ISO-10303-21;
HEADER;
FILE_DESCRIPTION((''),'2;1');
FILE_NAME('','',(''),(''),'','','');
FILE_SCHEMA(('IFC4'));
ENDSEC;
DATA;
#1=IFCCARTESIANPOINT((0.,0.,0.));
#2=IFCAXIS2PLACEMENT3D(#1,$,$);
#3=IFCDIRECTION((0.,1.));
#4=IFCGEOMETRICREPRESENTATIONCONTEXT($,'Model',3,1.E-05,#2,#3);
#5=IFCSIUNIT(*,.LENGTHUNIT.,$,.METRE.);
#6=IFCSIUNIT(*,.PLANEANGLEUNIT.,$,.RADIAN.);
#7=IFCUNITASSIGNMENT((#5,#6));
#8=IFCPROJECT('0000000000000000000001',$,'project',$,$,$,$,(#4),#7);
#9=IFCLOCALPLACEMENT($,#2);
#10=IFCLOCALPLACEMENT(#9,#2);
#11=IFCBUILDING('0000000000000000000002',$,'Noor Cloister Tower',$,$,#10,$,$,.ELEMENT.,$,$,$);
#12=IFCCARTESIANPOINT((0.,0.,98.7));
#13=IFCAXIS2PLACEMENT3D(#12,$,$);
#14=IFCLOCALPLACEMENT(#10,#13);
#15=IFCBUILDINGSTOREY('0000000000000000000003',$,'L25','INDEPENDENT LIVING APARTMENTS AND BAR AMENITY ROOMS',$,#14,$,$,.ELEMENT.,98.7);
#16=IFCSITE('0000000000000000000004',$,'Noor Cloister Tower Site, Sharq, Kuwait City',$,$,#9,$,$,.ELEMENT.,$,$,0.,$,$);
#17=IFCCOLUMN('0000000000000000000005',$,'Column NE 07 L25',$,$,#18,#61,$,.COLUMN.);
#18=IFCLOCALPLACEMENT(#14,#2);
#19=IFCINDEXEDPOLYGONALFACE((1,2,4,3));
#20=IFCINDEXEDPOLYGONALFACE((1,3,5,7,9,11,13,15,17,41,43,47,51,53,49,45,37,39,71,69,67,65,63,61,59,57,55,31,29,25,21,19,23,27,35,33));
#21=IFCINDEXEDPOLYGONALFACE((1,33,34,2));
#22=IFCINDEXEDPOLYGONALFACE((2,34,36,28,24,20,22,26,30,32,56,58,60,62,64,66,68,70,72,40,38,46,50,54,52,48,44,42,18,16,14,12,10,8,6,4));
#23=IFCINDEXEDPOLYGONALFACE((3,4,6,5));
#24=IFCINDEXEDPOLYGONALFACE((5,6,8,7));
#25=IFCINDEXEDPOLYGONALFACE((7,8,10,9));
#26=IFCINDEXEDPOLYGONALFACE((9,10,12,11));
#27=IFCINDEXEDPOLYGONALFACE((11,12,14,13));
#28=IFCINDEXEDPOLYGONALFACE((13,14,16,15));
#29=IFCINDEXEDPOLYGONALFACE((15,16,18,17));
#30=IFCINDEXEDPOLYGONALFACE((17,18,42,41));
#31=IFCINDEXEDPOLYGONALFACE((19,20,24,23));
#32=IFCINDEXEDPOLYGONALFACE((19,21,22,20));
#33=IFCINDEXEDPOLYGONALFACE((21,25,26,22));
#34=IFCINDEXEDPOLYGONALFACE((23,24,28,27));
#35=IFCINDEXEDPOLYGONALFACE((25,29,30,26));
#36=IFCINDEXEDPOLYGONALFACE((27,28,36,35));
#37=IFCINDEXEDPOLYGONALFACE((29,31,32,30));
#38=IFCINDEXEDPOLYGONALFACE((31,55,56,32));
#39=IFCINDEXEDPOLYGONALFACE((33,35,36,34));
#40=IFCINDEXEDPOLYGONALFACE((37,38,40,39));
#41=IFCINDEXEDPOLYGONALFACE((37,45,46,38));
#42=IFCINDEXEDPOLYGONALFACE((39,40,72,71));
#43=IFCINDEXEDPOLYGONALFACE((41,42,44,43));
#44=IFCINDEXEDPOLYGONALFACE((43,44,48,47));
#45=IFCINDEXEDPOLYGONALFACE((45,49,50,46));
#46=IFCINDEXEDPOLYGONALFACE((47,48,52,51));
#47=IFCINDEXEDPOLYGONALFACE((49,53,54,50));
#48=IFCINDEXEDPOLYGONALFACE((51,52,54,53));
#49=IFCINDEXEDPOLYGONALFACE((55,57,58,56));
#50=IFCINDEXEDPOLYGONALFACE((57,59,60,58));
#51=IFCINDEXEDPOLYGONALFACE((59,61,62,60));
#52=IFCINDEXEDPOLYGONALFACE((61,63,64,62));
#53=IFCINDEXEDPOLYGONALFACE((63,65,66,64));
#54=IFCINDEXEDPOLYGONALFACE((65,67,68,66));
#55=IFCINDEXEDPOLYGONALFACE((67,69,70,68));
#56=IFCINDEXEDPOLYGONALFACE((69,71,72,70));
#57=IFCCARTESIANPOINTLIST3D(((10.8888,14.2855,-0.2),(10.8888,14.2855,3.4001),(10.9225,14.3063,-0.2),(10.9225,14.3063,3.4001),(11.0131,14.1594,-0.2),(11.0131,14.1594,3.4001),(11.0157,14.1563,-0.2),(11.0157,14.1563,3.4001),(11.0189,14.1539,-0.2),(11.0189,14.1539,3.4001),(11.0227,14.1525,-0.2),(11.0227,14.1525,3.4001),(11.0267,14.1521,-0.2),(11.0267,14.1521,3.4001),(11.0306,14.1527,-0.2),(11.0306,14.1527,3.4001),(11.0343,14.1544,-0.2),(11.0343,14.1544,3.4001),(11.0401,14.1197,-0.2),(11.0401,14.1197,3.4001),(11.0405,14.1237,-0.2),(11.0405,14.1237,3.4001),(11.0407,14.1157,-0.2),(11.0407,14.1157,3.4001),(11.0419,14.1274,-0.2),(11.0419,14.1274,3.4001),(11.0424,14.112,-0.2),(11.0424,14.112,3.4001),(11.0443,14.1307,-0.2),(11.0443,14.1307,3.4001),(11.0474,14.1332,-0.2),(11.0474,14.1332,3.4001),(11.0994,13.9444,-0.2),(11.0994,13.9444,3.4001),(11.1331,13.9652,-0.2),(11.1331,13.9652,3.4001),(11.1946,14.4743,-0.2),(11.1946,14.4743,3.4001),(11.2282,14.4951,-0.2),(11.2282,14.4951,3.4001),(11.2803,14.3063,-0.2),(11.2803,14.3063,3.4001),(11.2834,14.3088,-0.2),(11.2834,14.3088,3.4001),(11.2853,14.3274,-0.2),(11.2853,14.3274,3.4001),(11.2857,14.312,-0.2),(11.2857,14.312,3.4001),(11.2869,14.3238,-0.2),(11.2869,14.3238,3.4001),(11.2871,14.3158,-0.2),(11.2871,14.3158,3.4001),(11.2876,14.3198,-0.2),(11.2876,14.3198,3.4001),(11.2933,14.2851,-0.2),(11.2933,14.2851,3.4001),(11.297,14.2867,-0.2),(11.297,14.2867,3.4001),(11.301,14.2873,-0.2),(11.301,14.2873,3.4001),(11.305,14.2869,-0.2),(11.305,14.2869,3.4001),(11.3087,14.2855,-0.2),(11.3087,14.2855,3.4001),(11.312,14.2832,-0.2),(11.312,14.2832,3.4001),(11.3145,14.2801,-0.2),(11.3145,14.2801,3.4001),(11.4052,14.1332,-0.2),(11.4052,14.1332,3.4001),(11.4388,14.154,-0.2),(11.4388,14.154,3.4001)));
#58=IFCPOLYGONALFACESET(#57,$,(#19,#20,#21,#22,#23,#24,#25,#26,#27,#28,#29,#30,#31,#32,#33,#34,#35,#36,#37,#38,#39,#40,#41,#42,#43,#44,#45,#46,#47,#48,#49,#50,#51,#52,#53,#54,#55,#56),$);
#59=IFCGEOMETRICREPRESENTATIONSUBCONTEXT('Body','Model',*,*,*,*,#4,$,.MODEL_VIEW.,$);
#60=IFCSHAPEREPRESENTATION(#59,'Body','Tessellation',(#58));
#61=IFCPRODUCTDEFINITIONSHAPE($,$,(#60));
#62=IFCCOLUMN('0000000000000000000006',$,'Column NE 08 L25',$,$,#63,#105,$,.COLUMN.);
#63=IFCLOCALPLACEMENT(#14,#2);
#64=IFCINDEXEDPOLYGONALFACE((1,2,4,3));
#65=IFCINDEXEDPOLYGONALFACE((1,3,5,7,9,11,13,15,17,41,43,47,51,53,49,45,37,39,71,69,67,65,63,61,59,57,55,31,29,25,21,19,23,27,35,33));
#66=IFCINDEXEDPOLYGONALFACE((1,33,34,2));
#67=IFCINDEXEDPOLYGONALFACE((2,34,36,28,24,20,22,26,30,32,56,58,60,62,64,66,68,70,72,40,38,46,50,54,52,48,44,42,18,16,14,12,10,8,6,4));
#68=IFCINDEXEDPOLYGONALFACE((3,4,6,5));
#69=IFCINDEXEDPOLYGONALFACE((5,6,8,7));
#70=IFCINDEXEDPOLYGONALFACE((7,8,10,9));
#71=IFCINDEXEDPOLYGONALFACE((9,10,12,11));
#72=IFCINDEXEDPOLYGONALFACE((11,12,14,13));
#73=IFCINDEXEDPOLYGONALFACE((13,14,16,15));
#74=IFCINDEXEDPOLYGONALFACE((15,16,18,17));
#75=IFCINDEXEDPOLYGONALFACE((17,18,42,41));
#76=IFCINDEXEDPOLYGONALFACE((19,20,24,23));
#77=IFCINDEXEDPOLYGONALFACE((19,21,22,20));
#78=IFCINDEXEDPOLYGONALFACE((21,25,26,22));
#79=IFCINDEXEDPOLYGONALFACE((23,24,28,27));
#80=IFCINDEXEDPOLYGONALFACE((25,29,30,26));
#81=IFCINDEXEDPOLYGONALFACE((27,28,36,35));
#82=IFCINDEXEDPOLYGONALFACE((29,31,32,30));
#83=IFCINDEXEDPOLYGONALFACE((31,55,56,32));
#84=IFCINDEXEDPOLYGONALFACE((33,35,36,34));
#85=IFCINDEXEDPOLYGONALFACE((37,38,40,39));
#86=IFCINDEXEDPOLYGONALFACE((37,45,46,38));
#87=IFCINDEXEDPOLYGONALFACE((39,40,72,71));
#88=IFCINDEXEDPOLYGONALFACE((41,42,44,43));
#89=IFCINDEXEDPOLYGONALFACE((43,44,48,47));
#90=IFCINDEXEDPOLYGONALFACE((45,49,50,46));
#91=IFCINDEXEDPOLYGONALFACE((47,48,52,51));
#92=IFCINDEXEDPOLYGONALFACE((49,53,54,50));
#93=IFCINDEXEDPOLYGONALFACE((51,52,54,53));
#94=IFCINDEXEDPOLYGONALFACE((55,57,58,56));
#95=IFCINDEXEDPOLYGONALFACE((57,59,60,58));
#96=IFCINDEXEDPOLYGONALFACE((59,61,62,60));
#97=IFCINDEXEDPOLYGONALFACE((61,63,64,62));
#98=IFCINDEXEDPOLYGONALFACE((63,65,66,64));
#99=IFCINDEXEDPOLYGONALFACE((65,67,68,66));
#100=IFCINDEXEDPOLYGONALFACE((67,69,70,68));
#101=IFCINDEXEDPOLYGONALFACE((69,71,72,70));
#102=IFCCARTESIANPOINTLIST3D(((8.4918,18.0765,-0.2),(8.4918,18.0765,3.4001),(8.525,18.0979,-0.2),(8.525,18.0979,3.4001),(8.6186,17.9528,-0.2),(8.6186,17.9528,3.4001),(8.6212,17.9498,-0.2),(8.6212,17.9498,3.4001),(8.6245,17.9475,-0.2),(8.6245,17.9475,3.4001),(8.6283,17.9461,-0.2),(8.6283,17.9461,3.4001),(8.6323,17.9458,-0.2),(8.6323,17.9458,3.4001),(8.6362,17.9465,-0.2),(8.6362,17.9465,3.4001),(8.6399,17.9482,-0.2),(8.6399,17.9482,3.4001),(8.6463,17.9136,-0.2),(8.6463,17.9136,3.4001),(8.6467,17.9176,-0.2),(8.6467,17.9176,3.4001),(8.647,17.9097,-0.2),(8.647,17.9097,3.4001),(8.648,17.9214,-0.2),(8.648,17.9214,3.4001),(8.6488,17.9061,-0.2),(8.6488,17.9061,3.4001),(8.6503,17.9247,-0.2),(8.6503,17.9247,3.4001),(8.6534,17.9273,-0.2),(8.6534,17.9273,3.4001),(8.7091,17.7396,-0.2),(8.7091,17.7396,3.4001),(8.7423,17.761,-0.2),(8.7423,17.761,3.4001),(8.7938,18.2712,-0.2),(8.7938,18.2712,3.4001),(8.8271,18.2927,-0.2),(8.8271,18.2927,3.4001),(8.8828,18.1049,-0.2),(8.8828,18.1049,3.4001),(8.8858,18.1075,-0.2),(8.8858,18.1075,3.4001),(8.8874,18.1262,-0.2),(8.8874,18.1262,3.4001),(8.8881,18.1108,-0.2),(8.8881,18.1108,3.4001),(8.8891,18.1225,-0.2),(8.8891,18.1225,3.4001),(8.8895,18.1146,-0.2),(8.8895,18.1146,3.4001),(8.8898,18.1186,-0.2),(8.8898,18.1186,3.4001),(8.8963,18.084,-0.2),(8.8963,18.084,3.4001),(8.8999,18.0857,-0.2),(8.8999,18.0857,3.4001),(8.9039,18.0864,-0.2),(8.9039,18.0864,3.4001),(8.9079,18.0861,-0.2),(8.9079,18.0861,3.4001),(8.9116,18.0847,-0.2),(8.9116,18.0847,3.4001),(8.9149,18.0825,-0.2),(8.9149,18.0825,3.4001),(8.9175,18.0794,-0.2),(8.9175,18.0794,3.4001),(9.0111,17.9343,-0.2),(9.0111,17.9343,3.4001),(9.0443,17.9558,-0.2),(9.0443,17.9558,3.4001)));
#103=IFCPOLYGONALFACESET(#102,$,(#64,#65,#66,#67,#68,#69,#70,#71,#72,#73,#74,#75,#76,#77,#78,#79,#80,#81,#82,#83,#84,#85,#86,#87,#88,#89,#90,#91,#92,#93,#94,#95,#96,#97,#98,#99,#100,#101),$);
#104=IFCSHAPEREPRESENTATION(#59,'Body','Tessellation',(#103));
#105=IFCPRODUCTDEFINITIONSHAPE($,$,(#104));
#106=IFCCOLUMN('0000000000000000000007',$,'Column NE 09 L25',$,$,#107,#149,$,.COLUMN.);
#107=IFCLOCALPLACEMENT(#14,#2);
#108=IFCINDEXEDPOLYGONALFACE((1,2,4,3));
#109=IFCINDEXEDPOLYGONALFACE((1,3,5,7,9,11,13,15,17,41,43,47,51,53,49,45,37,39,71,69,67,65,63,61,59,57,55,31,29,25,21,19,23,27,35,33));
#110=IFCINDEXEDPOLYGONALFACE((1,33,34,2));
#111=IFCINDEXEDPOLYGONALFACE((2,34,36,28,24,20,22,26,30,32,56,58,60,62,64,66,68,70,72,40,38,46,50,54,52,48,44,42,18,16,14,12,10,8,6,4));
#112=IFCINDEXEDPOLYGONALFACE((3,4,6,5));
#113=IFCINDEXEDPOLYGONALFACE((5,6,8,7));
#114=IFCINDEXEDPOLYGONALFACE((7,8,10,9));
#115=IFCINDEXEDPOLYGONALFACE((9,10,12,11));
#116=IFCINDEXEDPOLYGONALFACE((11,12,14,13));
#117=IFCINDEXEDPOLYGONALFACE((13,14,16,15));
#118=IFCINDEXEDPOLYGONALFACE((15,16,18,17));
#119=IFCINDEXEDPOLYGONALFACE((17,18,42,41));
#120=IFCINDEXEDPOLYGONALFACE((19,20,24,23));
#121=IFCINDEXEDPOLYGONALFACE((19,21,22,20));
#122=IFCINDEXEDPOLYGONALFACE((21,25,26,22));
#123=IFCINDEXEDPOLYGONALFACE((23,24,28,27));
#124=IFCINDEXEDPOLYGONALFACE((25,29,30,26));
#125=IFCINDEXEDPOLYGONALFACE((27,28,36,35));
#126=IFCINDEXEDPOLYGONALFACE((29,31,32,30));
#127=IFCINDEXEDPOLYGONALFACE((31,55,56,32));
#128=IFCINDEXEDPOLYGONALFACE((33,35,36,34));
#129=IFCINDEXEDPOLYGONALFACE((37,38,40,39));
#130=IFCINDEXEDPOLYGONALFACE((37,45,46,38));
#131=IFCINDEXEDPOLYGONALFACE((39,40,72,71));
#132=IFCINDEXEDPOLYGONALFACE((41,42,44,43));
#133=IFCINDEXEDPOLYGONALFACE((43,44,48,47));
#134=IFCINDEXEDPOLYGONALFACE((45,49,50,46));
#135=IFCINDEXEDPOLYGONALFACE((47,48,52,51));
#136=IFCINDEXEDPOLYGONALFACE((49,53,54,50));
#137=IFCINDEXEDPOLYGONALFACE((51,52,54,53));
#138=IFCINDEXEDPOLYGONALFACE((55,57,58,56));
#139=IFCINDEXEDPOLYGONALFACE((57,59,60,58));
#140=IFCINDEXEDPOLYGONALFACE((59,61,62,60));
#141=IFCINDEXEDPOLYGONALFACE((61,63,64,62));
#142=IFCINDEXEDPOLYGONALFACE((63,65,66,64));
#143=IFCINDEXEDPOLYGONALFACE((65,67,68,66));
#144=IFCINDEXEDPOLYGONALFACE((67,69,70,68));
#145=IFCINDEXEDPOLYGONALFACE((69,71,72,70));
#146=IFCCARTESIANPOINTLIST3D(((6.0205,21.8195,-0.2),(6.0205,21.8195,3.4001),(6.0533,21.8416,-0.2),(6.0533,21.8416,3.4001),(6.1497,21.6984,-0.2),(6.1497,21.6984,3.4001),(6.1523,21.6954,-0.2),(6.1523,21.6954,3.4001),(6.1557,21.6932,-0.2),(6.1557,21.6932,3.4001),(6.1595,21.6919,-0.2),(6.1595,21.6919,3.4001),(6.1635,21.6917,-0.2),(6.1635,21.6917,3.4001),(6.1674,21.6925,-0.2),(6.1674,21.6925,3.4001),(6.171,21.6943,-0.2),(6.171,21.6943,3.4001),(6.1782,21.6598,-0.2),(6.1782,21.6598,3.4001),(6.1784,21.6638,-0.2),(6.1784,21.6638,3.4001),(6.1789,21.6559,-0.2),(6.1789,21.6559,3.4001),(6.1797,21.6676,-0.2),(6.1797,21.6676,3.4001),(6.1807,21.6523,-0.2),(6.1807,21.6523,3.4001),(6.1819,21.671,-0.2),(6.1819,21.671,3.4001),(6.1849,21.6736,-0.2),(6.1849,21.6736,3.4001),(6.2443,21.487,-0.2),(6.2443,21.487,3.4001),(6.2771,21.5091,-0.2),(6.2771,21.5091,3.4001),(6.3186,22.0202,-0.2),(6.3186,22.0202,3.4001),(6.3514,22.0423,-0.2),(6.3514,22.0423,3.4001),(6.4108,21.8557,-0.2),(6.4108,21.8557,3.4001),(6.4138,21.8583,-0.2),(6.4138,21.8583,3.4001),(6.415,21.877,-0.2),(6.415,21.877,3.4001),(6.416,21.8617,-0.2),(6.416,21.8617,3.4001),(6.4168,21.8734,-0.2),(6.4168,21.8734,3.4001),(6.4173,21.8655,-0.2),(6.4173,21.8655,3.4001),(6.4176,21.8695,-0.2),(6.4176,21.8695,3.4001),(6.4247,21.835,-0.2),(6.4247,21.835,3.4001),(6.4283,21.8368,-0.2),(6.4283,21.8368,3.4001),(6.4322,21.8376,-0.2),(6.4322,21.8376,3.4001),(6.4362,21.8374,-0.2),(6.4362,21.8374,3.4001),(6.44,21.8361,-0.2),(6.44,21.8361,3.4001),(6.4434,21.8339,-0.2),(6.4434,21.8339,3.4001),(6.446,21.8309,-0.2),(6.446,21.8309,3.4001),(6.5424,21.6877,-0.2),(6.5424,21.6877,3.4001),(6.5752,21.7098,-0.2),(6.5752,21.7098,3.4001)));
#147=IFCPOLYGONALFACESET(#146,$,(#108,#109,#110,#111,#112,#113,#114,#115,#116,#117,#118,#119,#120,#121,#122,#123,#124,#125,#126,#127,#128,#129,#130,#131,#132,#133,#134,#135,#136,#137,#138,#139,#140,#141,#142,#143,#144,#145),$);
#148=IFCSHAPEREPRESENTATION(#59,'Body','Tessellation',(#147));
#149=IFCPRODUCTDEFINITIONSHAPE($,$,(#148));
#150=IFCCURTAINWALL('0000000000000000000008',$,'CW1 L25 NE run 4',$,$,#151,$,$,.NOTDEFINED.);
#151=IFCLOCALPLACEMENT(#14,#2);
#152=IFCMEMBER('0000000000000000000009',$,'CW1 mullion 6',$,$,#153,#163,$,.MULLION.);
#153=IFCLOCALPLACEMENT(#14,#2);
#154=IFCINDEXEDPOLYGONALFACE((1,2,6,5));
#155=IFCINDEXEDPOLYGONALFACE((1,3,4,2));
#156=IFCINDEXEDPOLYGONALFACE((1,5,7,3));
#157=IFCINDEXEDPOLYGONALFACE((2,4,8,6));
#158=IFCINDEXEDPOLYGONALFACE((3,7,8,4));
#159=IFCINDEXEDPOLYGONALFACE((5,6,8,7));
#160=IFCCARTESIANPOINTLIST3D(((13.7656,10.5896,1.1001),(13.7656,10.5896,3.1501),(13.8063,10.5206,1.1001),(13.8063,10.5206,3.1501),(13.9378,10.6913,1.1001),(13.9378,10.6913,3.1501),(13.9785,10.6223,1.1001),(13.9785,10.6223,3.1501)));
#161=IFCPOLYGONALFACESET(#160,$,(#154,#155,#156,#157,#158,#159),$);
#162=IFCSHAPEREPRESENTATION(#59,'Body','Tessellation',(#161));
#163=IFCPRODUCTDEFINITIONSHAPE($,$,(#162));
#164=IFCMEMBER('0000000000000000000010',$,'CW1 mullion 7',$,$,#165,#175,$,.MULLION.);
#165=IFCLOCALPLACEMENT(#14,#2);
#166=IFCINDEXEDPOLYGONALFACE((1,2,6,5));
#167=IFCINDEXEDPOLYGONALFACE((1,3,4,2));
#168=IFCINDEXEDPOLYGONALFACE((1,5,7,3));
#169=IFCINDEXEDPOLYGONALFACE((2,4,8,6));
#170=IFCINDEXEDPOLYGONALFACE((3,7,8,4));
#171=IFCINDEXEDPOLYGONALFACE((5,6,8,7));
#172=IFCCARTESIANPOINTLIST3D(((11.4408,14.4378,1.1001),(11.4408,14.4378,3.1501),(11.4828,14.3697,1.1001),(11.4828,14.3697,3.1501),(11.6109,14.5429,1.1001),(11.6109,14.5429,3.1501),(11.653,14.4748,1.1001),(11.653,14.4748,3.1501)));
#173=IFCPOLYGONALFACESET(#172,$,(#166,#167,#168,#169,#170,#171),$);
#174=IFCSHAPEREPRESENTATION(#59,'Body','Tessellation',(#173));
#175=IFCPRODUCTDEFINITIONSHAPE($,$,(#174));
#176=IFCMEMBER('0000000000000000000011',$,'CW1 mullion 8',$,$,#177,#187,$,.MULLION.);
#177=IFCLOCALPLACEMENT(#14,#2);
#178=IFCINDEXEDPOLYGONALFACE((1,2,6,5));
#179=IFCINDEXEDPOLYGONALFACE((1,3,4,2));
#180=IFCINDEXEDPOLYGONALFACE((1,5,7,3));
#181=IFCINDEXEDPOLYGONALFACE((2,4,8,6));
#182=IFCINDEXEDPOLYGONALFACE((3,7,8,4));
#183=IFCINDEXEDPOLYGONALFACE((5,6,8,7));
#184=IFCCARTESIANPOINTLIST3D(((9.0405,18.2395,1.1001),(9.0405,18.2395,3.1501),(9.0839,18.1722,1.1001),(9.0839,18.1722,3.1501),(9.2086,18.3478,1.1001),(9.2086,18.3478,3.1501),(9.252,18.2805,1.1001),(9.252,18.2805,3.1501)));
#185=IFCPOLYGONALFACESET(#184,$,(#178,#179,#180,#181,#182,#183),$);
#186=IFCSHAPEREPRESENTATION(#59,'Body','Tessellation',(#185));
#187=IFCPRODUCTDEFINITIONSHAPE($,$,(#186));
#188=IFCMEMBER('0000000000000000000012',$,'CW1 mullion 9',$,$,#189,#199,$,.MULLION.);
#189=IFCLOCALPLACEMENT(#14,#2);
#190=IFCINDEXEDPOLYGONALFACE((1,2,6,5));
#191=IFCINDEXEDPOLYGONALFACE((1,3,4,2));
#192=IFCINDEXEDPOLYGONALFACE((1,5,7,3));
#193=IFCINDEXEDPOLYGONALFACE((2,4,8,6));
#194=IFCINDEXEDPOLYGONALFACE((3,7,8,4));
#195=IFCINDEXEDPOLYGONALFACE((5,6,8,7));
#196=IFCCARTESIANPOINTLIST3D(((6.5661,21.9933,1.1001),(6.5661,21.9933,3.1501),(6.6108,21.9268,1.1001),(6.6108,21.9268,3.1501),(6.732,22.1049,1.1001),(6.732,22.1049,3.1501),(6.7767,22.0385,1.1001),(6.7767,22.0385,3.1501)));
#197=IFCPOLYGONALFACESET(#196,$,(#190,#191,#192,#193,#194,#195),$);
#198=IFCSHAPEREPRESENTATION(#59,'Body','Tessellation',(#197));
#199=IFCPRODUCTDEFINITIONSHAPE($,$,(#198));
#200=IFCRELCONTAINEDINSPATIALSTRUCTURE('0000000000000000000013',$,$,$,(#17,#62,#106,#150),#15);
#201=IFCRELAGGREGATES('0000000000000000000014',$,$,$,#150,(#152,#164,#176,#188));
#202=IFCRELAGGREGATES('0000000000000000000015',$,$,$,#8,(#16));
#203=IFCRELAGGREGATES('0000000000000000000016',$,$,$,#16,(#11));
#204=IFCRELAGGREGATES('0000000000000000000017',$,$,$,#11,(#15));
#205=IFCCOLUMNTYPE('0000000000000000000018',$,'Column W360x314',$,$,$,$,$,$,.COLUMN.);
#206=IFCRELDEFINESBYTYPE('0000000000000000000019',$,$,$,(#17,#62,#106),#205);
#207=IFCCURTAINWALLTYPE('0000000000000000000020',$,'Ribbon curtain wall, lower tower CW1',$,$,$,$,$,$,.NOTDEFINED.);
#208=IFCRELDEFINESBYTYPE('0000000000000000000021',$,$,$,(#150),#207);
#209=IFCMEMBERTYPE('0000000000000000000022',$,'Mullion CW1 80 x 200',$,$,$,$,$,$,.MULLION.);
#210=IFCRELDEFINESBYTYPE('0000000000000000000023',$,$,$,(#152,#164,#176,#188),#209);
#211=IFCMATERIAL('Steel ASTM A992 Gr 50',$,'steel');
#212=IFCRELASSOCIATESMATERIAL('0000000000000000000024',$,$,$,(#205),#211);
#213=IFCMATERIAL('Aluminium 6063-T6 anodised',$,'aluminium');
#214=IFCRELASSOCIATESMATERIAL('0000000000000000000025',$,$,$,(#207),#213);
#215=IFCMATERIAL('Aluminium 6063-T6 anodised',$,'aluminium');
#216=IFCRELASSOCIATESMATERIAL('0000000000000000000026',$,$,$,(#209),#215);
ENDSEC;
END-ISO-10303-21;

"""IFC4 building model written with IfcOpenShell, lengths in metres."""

from ifc_helpers import new_model, si_unit, direction, frame, origin, origin_2d, place, context, subcontext, project, spatial, rectangle, i_section, extrude, material, material_profile, profile_set, type_object, element, aggregate, save


model = new_model("IFC4")

# Units and contexts
model_context = context("Model", 3, precision=1e-05, world=origin(), true_north=direction((0.0, 1.0)))
body_context = subcontext(model_context, "Body", "Model", "MODEL_VIEW")
ifc_project = project(units=[si_unit("LENGTHUNIT", "METRE"), si_unit("PLANEANGLEUNIT", "RADIAN")], contexts=[model_context])

# Site, building, storey
site_placement = place(None, origin())
site = spatial("IfcSite", under=ifc_project, at=site_placement, Name="Noor Cloister Tower Site, Sharq, Kuwait City", CompositionType="ELEMENT", RefElevation=0.0)
building_placement = place(site_placement, origin())
building = spatial("IfcBuilding", under=site, at=building_placement, Name="Noor Cloister Tower", CompositionType="ELEMENT")
storey_placement = place(building_placement, frame((0.0, 0.0, 98.7)))
storey = spatial("IfcBuildingStorey", under=building, at=storey_placement, Name="L25", Description="INDEPENDENT LIVING APARTMENTS AND BAR AMENITY ROOMS", CompositionType="ELEMENT", Elevation=98.7)

# Columns
ifc_material_1 = material(Name="Steel ASTM A992 Gr 50", Category="steel")
ifc_material_profile_1 = material_profile(ifc_material_1, i_section(OverallWidth=0.4009, OverallDepth=0.3989, WebThickness=0.0249, FlangeThickness=0.0396, FilletRadius=0.0154, at=origin_2d()), Name="W360x314")
ifc_profile_set_1 = profile_set([ifc_material_profile_1], Name="Steel ASTM A992 Gr 50")
column_type = type_object("IfcColumnType", Name="Column W360x314", PredefinedType="COLUMN", material=ifc_profile_set_1)
for number, where, z_axis, x_axis, name in (
    (1, (11.1638, 14.2197, -0.2), (0.0, 0.0, 1.0), (-0.525348, 0.850888, 0.0), "Column NE 07 L25"),
    (2, (8.7681, 18.0161, -0.2), (0.0, 0.0, 1.0), (-0.541993, 0.840383, 0.0), "Column NE 08 L25"),
    (3, (6.2979, 21.7646, -0.2), (0.0, 0.0, 1.0), (-0.558429, 0.829553, 0.0), "Column NE 09 L25"),
):
    element("IfcColumn", number, at=place(storey_placement, frame(where, z_axis=z_axis, x_axis=x_axis)), inside=storey, type_object=column_type, Name=name, PredefinedType="COLUMN", context=body_context, shape_type="SweptSolid", body=[
        extrude(i_section(OverallWidth=0.4009, OverallDepth=0.3989, WebThickness=0.0249, FlangeThickness=0.0396, FilletRadius=0.0154, at=origin_2d()), origin(), (0.0, 0.0, 1.0), 3.6001),
    ])

# Curtain wall, members
ifc_material_2 = material(Name="Aluminium 6063-T6 anodised", Category="aluminium")
curtain_wall_type = type_object("IfcCurtainWallType", Name="Ribbon curtain wall, lower tower CW1", PredefinedType="NOTDEFINED", material=ifc_material_2)
curtain_wall_placement = place(storey_placement, origin())
curtain_wall = element("IfcCurtainWall", 4, at=curtain_wall_placement, inside=storey, type_object=curtain_wall_type, Name="CW1 L25 NE run 4", PredefinedType="NOTDEFINED")
ifc_material_3 = material(Name="Aluminium 6063-T6 anodised", Category="aluminium")
ifc_material_profile_2 = material_profile(ifc_material_3, rectangle(XDim=0.2, YDim=0.0801, at=origin_2d()), Name="200 x 80 mullion")
ifc_profile_set_2 = profile_set([ifc_material_profile_2], Name="Aluminium 6063-T6 anodised")
member_type = type_object("IfcMemberType", Name="Mullion CW1 80 x 200", PredefinedType="MULLION", material=ifc_profile_set_2)
member_1_placement = place(storey_placement, frame((13.8721, 10.606, 1.1001), z_axis=(0.0, 0.0, 1.0), x_axis=(-0.861063, -0.508499, 0.0)))
member_1 = element("IfcMember", 5, at=member_1_placement, type_object=member_type, Name="CW1 mullion 6", PredefinedType="MULLION", context=body_context, shape_type="SweptSolid", body=[
    extrude(rectangle(XDim=0.2, YDim=0.0801, at=origin_2d()), origin(), (0.0, 0.0, 1.0), 2.05),
])
member_2_placement = place(storey_placement, frame((11.5469, 14.4563, 1.1001), z_axis=(0.0, 0.0, 1.0), x_axis=(-0.850888, -0.525348, 0.0)))
member_2 = element("IfcMember", 6, at=member_2_placement, type_object=member_type, Name="CW1 mullion 7", PredefinedType="MULLION", context=body_context, shape_type="SweptSolid", body=[
    extrude(rectangle(XDim=0.2, YDim=0.0801, at=origin_2d()), origin(), (0.0, 0.0, 1.0), 2.05),
])
member_3_placement = place(storey_placement, frame((9.1462, 18.26, 1.1001), z_axis=(0.0, 0.0, 1.0), x_axis=(-0.840383, -0.541993, 0.0)))
member_3 = element("IfcMember", 7, at=member_3_placement, type_object=member_type, Name="CW1 mullion 8", PredefinedType="MULLION", context=body_context, shape_type="SweptSolid", body=[
    extrude(rectangle(XDim=0.2, YDim=0.0801, at=origin_2d()), origin(), (0.0, 0.0, 1.0), 2.05),
])
member_4_placement = place(storey_placement, frame((6.6714, 22.0159, 1.1001), z_axis=(0.0, 0.0, 1.0), x_axis=(-0.829553, -0.558429, 0.0)))
member_4 = element("IfcMember", 8, at=member_4_placement, type_object=member_type, Name="CW1 mullion 9", PredefinedType="MULLION", context=body_context, shape_type="SweptSolid", body=[
    extrude(rectangle(XDim=0.2, YDim=0.0801, at=origin_2d()), origin(), (0.0, 0.0, 1.0), 2.05),
])

aggregate(curtain_wall, [member_1, member_2, member_3, member_4])

save(model, "model.ifc")
